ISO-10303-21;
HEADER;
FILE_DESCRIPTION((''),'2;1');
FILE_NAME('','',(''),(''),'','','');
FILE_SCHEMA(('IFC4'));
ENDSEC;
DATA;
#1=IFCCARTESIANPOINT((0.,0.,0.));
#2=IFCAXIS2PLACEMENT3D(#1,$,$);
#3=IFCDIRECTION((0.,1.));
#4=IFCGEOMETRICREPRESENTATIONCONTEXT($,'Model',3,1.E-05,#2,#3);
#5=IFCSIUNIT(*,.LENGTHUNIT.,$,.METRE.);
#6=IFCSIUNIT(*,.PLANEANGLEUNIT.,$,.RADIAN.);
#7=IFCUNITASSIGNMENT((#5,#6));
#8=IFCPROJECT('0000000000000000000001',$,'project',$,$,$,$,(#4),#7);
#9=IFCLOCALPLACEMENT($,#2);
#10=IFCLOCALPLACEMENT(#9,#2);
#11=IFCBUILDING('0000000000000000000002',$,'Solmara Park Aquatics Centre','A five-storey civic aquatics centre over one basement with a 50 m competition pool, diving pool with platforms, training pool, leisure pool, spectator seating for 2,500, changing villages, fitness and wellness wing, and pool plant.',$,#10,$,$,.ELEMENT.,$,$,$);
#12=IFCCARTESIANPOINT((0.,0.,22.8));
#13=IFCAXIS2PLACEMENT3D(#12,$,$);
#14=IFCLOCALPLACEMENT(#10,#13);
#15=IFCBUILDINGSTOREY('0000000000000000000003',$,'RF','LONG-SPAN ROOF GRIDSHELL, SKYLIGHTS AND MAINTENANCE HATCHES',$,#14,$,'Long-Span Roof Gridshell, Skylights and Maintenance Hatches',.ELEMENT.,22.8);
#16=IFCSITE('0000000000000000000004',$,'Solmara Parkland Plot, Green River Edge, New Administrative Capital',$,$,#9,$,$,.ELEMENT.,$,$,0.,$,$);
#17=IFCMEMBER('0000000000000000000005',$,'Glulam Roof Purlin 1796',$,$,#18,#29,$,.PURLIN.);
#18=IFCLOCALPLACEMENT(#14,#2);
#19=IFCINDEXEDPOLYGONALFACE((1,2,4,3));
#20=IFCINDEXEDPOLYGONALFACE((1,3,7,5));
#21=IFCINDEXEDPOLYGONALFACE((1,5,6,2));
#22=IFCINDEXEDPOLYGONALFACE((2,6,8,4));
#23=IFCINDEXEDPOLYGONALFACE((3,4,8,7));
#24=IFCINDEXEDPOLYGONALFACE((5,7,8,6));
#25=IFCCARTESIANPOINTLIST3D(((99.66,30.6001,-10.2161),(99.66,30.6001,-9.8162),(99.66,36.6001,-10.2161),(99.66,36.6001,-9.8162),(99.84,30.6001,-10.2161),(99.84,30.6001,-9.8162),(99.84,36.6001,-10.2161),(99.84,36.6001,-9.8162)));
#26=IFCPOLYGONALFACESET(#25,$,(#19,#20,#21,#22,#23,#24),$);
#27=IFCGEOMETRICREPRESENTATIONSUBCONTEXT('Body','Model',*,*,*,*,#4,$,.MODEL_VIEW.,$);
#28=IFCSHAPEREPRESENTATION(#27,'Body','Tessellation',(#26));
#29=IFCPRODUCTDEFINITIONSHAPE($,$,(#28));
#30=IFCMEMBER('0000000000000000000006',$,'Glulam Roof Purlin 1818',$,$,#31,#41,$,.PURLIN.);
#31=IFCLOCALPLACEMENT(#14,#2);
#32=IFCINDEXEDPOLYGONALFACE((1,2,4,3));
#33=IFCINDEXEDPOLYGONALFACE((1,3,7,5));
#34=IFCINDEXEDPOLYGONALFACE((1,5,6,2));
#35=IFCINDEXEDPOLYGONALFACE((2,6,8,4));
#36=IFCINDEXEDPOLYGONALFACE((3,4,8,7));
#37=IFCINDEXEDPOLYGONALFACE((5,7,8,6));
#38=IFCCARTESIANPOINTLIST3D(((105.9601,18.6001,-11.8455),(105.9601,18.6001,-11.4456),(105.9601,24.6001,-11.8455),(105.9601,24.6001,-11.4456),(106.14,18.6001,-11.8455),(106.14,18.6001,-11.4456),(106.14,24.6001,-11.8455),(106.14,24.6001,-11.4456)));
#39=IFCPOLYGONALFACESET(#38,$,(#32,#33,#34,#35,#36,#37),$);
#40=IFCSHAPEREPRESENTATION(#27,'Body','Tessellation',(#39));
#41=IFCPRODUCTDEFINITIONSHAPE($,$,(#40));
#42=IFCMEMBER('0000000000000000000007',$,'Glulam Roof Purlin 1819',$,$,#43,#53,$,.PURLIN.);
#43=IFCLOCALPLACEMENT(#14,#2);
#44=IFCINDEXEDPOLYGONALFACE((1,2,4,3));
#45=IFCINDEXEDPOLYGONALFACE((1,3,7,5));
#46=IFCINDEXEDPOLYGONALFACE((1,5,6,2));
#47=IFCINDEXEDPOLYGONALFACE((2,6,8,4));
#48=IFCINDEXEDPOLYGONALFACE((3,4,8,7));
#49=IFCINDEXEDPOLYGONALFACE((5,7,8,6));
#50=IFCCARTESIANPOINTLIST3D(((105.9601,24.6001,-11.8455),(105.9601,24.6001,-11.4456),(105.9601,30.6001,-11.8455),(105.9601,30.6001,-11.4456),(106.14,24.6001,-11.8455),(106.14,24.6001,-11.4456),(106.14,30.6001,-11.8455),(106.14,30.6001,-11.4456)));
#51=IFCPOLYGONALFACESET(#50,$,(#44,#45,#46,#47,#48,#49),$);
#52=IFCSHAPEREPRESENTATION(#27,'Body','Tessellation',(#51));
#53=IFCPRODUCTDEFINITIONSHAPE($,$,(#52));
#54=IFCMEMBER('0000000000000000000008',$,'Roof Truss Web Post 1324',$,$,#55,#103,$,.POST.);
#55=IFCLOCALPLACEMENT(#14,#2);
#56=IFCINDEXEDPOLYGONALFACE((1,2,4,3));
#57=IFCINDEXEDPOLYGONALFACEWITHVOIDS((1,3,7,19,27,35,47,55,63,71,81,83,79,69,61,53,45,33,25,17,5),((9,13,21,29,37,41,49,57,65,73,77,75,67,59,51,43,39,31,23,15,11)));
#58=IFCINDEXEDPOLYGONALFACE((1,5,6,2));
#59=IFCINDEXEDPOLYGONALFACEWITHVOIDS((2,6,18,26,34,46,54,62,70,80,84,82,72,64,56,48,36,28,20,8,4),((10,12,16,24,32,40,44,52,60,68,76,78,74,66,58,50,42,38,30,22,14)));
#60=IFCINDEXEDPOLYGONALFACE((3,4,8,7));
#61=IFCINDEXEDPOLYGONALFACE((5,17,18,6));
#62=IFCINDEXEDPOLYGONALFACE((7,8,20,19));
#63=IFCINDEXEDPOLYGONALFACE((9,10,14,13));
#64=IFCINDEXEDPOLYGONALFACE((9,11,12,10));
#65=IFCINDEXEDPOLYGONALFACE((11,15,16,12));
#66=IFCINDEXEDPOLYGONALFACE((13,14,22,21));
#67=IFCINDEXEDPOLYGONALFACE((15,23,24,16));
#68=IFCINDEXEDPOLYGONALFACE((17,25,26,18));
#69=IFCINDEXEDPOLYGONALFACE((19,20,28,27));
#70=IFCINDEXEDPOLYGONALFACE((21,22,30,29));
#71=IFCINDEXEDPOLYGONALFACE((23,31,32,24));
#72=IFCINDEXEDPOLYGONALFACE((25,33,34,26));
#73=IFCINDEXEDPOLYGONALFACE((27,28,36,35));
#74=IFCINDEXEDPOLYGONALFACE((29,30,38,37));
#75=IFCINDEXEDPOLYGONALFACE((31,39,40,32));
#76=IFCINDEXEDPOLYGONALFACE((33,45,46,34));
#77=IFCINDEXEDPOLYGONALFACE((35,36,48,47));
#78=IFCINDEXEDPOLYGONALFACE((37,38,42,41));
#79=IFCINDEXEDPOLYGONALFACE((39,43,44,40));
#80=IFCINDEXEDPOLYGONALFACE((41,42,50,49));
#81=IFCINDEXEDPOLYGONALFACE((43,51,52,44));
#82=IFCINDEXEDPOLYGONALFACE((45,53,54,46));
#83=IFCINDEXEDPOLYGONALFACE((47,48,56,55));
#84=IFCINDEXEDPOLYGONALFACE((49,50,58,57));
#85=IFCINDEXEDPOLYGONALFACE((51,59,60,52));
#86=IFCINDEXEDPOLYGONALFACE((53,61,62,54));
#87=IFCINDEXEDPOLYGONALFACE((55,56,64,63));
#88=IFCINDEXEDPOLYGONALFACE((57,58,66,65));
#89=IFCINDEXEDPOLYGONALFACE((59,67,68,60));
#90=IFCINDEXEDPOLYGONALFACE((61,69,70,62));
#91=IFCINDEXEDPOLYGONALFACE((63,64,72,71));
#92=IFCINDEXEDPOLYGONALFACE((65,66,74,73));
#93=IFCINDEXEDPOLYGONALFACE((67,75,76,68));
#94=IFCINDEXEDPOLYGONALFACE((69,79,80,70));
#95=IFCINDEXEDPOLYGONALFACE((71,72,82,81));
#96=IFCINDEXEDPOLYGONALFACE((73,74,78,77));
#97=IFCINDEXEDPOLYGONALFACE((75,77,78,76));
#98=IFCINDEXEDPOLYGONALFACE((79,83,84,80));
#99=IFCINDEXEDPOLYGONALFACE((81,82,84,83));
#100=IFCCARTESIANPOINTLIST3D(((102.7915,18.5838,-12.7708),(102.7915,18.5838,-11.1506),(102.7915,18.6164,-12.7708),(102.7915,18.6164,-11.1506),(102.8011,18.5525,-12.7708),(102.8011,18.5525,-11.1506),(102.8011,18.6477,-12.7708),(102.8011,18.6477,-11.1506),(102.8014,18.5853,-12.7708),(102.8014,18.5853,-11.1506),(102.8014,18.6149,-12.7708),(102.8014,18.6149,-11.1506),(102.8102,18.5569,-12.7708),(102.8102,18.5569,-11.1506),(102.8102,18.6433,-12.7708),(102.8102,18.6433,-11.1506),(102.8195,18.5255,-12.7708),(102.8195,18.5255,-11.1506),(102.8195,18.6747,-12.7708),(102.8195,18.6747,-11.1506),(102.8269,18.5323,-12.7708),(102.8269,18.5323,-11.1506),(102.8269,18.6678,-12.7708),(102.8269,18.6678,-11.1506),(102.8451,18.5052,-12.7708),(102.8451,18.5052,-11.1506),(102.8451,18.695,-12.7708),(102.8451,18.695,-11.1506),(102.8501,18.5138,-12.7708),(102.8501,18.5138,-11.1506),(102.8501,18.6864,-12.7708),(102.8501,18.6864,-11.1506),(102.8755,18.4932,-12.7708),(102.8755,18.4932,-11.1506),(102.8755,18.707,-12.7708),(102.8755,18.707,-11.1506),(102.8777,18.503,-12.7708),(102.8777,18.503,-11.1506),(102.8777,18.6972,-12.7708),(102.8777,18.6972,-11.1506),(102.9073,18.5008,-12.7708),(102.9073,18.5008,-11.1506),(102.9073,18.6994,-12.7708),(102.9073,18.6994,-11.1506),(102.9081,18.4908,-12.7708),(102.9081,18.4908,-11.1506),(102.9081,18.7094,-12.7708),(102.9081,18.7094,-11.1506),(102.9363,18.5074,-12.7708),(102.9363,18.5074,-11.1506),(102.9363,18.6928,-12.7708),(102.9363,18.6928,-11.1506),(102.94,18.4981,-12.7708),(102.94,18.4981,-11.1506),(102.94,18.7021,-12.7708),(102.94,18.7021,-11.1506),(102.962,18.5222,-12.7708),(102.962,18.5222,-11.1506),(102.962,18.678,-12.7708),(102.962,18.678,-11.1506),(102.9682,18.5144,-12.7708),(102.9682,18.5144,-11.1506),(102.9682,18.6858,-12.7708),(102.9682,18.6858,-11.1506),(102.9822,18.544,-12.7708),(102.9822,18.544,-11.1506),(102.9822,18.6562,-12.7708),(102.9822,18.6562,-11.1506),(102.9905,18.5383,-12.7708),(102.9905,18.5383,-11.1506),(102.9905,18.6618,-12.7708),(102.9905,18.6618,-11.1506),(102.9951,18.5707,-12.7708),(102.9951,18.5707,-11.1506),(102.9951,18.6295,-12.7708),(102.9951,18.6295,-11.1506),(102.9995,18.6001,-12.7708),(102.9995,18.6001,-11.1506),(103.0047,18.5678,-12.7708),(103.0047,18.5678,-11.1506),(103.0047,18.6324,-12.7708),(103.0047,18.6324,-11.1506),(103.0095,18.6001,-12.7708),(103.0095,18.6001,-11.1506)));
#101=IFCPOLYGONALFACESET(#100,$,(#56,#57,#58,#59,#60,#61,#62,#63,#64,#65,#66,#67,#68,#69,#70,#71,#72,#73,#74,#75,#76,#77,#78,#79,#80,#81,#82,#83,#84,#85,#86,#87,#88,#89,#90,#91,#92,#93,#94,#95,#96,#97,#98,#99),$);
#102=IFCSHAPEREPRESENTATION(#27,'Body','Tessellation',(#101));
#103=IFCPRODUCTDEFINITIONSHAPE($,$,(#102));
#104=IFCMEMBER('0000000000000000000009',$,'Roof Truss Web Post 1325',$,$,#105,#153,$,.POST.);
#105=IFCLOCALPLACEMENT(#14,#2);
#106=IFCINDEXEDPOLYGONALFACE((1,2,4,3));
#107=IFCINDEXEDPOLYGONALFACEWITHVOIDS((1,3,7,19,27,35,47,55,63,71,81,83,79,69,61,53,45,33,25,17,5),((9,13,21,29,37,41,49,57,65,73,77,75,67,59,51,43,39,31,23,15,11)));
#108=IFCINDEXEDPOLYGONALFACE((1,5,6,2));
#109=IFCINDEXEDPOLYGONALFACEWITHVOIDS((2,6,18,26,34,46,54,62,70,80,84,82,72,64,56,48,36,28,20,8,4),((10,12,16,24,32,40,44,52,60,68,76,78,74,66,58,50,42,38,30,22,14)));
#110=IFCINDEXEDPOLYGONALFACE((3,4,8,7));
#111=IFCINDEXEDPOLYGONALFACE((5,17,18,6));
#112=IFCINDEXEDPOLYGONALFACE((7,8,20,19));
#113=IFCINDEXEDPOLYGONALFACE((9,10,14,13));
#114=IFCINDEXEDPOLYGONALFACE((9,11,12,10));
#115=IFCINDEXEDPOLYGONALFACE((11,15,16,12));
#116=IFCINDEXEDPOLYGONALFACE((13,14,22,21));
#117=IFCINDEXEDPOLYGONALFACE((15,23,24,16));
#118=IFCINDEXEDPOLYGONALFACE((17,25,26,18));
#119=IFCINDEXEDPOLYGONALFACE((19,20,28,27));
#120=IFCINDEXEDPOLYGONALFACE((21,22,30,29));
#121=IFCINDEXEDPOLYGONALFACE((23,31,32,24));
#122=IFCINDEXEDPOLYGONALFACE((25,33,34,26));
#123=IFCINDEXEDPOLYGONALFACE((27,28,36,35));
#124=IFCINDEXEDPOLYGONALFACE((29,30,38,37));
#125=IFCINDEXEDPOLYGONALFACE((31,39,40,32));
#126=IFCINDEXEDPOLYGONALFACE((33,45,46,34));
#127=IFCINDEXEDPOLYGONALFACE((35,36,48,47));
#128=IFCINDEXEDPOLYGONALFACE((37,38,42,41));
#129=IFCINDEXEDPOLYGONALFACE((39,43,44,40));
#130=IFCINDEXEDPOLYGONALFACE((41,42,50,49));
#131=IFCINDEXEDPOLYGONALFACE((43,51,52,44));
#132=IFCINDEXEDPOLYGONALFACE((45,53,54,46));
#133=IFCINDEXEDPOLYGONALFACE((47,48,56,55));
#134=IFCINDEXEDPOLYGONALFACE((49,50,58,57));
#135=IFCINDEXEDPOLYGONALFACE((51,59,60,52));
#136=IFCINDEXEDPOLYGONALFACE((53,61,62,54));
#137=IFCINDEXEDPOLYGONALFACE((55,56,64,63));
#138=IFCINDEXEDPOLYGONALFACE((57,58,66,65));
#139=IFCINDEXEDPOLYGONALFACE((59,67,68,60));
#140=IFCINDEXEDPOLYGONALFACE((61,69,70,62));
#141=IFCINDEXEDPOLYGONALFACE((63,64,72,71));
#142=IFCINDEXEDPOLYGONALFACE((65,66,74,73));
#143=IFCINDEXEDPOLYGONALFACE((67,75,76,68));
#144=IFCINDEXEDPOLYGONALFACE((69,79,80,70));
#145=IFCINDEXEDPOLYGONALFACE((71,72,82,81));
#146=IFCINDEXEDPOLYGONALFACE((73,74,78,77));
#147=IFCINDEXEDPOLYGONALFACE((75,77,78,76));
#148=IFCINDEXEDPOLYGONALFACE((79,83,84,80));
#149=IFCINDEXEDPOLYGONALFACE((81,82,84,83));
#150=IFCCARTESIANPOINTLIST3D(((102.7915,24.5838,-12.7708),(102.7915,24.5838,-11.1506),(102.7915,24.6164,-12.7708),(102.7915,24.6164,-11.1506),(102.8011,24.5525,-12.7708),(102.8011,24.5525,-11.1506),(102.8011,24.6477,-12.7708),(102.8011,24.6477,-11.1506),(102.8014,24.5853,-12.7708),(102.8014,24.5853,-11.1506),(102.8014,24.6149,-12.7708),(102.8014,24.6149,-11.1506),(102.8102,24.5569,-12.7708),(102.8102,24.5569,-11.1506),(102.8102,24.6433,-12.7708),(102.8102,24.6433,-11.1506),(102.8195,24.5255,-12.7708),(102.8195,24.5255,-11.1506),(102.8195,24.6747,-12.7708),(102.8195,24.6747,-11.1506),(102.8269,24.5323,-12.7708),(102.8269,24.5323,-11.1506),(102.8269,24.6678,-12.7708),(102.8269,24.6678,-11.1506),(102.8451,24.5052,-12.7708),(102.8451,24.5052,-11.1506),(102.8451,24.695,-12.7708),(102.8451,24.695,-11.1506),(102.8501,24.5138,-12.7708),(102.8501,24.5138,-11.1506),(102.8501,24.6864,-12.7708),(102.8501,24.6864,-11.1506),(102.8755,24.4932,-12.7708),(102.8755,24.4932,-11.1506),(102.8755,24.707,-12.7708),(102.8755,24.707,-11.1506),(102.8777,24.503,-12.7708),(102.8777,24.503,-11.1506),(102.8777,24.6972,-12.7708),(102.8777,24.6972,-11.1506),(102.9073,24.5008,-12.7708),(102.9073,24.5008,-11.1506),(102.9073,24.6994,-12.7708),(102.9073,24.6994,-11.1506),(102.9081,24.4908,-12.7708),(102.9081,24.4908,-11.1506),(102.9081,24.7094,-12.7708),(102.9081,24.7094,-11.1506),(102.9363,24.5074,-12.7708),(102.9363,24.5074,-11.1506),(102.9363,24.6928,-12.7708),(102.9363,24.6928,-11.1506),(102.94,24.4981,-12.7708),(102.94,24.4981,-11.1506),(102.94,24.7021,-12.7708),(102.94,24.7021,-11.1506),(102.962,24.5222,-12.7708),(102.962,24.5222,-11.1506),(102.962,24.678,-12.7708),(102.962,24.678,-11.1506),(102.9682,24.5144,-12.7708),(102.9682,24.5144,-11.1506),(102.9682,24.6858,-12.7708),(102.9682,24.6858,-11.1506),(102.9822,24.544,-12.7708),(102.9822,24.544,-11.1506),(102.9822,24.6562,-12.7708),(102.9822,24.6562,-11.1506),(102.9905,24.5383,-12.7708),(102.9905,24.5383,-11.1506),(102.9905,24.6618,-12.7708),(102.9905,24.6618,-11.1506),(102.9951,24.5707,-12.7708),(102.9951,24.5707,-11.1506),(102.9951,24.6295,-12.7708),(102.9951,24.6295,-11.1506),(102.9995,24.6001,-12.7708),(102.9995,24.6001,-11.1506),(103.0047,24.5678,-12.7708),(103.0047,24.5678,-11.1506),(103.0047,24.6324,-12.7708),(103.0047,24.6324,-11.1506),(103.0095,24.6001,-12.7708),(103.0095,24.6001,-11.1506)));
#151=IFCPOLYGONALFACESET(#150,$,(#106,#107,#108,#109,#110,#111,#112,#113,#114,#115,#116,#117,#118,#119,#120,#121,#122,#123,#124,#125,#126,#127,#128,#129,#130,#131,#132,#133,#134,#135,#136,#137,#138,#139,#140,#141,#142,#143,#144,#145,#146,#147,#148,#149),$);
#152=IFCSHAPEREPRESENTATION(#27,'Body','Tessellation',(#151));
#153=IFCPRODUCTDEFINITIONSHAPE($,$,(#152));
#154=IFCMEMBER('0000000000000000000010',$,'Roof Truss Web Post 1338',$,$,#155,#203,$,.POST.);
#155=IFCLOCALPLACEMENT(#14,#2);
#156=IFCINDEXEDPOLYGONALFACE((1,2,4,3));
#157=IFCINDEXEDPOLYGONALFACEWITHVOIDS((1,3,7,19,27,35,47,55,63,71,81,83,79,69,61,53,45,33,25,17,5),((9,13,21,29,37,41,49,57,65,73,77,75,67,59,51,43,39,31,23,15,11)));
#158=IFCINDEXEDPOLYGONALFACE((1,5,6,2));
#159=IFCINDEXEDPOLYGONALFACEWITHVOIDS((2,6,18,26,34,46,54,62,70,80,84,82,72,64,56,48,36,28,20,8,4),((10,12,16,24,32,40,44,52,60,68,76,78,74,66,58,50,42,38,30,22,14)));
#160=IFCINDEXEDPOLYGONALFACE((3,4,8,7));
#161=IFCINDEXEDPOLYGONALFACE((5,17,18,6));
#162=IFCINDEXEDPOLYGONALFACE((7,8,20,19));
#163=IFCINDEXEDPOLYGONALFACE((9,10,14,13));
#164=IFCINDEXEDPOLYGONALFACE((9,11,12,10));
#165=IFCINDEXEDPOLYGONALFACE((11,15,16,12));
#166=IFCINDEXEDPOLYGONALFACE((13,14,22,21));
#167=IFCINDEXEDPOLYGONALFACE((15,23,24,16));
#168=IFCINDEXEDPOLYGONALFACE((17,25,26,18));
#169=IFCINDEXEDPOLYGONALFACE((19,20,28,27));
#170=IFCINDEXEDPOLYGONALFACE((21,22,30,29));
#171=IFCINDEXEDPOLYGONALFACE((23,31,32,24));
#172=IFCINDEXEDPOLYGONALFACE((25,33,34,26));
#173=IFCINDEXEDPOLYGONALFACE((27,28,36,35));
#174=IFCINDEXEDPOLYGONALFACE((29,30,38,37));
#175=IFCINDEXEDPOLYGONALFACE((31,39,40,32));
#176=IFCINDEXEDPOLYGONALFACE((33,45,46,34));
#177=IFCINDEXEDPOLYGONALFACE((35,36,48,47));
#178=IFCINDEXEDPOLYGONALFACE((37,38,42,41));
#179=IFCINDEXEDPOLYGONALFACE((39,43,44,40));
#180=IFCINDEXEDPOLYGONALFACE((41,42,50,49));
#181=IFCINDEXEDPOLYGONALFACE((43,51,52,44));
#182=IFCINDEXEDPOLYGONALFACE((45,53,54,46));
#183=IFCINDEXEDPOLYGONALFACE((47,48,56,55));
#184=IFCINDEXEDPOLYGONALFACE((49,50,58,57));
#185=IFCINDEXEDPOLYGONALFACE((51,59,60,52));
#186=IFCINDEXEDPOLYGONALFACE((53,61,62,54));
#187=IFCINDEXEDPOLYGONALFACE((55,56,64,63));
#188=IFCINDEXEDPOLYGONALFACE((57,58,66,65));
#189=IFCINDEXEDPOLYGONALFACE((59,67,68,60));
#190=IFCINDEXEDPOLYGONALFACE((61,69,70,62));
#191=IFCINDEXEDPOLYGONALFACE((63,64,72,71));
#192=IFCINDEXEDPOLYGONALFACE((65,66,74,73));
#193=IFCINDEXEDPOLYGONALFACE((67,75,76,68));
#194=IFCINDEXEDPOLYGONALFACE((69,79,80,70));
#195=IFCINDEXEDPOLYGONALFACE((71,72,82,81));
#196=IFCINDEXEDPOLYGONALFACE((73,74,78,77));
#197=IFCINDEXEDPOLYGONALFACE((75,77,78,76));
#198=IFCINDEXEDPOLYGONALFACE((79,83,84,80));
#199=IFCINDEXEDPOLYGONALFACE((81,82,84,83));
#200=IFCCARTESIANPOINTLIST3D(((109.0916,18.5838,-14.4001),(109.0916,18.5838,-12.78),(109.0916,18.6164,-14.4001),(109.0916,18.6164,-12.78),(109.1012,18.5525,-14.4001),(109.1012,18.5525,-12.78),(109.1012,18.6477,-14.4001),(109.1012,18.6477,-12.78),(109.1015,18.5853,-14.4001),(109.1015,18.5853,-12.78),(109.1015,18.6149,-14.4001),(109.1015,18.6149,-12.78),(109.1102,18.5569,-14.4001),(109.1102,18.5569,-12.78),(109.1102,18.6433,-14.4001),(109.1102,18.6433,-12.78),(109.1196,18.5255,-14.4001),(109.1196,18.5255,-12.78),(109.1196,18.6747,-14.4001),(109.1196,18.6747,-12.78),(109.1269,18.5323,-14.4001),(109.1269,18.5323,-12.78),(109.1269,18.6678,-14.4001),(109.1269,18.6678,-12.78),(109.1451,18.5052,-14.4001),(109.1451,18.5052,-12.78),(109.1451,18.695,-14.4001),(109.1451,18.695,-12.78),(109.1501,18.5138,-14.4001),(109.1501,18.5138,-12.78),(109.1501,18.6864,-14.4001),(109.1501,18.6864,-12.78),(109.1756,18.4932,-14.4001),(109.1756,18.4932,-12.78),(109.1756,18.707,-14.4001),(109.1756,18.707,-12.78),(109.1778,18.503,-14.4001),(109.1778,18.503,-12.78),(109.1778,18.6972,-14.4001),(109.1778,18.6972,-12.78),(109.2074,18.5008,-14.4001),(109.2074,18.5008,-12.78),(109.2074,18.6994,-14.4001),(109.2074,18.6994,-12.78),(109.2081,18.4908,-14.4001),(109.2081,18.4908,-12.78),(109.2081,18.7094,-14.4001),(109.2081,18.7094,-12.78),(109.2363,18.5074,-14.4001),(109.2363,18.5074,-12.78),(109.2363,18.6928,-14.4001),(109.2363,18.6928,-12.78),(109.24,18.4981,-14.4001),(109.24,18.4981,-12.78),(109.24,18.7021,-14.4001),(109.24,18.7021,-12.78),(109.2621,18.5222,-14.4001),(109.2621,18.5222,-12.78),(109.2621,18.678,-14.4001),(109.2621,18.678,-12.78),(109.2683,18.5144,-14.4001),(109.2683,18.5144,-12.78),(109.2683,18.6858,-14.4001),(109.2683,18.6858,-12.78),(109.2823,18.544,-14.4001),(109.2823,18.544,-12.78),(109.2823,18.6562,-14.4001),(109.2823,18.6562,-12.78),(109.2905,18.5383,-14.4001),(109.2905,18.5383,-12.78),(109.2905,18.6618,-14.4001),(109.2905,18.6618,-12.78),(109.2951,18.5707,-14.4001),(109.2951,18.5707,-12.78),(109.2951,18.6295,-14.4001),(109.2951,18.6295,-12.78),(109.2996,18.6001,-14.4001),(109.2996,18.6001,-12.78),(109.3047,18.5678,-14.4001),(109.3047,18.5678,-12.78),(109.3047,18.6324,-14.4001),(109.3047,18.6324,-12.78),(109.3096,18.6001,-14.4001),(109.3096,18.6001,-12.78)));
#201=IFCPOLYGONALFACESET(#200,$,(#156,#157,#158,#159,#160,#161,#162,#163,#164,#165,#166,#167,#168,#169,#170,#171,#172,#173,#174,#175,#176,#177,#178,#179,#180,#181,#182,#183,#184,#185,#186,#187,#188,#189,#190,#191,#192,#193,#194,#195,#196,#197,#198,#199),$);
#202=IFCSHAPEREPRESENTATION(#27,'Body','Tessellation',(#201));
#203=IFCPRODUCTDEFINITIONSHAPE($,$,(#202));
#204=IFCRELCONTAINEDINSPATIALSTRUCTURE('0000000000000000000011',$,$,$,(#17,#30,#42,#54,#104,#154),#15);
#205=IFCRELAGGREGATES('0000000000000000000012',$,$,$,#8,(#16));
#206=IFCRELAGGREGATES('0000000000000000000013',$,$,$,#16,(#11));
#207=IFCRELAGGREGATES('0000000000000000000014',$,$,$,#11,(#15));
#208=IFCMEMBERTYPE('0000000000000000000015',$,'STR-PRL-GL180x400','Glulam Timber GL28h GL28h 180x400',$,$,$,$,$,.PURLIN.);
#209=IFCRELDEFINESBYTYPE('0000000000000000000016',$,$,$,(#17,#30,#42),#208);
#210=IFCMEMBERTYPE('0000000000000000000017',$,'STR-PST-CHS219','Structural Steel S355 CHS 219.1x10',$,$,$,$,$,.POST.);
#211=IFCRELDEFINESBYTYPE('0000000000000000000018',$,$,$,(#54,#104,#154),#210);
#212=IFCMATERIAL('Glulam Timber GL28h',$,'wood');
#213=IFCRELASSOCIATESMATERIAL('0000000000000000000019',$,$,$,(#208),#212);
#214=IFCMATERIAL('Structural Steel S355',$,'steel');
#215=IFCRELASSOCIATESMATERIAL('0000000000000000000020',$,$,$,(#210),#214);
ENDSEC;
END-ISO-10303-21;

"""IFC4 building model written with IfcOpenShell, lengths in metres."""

from ifc_helpers import new_model, si_unit, direction, frame, origin, origin_2d, place, context, subcontext, project, spatial, rectangle, hollow_circle, extrude, material, material_profile, profile_set, type_object, element, save


model = new_model("IFC4")

# Units and contexts
model_context = context("Model", 3, precision=1e-05, world=origin(), true_north=direction((0.0, 1.0)))
body_context = subcontext(model_context, "Body", "Model", "MODEL_VIEW")
ifc_project = project(units=[si_unit("LENGTHUNIT", "METRE"), si_unit("PLANEANGLEUNIT", "RADIAN")], contexts=[model_context])

# Site, building, storey
site_placement = place(None, origin())
site = spatial("IfcSite", under=ifc_project, at=site_placement, Name="Solmara Parkland Plot, Green River Edge, New Administrative Capital", CompositionType="ELEMENT", RefElevation=0.0)
building_placement = place(site_placement, origin())
building = spatial("IfcBuilding", under=site, at=building_placement, Name="Solmara Park Aquatics Centre", Description="A five-storey civic aquatics centre over one basement with a 50 m competition pool, diving pool with platforms, training pool, leisure pool, spectator seating for 2,500, changing villages, fitness and wellness wing, and pool plant.", CompositionType="ELEMENT")
storey_placement = place(building_placement, frame((0.0, 0.0, 22.8)))
storey = spatial("IfcBuildingStorey", under=building, at=storey_placement, Name="RF", Description="LONG-SPAN ROOF GRIDSHELL, SKYLIGHTS AND MAINTENANCE HATCHES", LongName="Long-Span Roof Gridshell, Skylights and Maintenance Hatches", CompositionType="ELEMENT", Elevation=22.8)

# Members
ifc_material_1 = material(Name="Structural Steel S355", Category="steel")
ifc_material_2 = material(Name="Glulam Timber GL28h", Category="wood")
ifc_material_profile_1 = material_profile(ifc_material_2, rectangle(XDim=0.1799, YDim=0.3999, at=origin_2d()), Name="GL28h 180x400")
ifc_profile_set_1 = profile_set([ifc_material_profile_1], Name="Glulam Timber GL28h")
member_type_1 = type_object("IfcMemberType", Name="STR-PRL-GL180x400", Description="Glulam Timber GL28h GL28h 180x400", PredefinedType="PURLIN", material=ifc_profile_set_1)
for number, where, z_axis, x_axis, name in (
    (1, (99.75, 30.6001, -10.0161), (0.0, 1.0, 0.0), (-1.0, 0.0, 0.0), "Glulam Roof Purlin 1796"),
    (2, (106.05, 18.6001, -11.6455), (0.0, 1.0, 0.0), (-1.0, 0.0, 0.0), "Glulam Roof Purlin 1818"),
    (3, (106.05, 24.6001, -11.6455), (0.0, 1.0, 0.0), (-1.0, 0.0, 0.0), "Glulam Roof Purlin 1819"),
):
    element("IfcMember", number, at=place(storey_placement, frame(where, z_axis=z_axis, x_axis=x_axis)), inside=storey, type_object=member_type_1, Name=name, PredefinedType="PURLIN", context=body_context, shape_type="SweptSolid", body=[
        extrude(rectangle(XDim=0.1799, YDim=0.3999, at=origin_2d()), origin(), (0.0, 0.0, 1.0), 6.0),
    ])
ifc_material_profile_2 = material_profile(ifc_material_1, hollow_circle(Radius=0.1096, WallThickness=0.01, at=origin_2d()), Name="CHS 219.1x10")
ifc_profile_set_2 = profile_set([ifc_material_profile_2], Name="Structural Steel S355")
member_type_2 = type_object("IfcMemberType", Name="STR-PST-CHS219", Description="Structural Steel S355 CHS 219.1x10", PredefinedType="POST", material=ifc_profile_set_2)
for number, where, z_axis, x_axis, name in (
    (4, (102.8999, 18.6001, -12.7708), (0.0, 0.0, 1.0), (1.0, 0.0, 0.0), "Roof Truss Web Post 1324"),
    (5, (102.8999, 24.6001, -12.7708), (0.0, 0.0, 1.0), (1.0, 0.0, 0.0), "Roof Truss Web Post 1325"),
    (6, (109.2, 18.6001, -14.4001), (0.0, 0.0, 1.0), (1.0, 0.0, 0.0), "Roof Truss Web Post 1338"),
):
    element("IfcMember", number, at=place(storey_placement, frame(where, z_axis=z_axis, x_axis=x_axis)), inside=storey, type_object=member_type_2, Name=name, PredefinedType="POST", context=body_context, shape_type="SweptSolid", body=[
        extrude(hollow_circle(Radius=0.1096, WallThickness=0.01, at=origin_2d()), origin(), (0.0, 0.0, 1.0), 1.6201),
    ])

save(model, "model.ifc")
